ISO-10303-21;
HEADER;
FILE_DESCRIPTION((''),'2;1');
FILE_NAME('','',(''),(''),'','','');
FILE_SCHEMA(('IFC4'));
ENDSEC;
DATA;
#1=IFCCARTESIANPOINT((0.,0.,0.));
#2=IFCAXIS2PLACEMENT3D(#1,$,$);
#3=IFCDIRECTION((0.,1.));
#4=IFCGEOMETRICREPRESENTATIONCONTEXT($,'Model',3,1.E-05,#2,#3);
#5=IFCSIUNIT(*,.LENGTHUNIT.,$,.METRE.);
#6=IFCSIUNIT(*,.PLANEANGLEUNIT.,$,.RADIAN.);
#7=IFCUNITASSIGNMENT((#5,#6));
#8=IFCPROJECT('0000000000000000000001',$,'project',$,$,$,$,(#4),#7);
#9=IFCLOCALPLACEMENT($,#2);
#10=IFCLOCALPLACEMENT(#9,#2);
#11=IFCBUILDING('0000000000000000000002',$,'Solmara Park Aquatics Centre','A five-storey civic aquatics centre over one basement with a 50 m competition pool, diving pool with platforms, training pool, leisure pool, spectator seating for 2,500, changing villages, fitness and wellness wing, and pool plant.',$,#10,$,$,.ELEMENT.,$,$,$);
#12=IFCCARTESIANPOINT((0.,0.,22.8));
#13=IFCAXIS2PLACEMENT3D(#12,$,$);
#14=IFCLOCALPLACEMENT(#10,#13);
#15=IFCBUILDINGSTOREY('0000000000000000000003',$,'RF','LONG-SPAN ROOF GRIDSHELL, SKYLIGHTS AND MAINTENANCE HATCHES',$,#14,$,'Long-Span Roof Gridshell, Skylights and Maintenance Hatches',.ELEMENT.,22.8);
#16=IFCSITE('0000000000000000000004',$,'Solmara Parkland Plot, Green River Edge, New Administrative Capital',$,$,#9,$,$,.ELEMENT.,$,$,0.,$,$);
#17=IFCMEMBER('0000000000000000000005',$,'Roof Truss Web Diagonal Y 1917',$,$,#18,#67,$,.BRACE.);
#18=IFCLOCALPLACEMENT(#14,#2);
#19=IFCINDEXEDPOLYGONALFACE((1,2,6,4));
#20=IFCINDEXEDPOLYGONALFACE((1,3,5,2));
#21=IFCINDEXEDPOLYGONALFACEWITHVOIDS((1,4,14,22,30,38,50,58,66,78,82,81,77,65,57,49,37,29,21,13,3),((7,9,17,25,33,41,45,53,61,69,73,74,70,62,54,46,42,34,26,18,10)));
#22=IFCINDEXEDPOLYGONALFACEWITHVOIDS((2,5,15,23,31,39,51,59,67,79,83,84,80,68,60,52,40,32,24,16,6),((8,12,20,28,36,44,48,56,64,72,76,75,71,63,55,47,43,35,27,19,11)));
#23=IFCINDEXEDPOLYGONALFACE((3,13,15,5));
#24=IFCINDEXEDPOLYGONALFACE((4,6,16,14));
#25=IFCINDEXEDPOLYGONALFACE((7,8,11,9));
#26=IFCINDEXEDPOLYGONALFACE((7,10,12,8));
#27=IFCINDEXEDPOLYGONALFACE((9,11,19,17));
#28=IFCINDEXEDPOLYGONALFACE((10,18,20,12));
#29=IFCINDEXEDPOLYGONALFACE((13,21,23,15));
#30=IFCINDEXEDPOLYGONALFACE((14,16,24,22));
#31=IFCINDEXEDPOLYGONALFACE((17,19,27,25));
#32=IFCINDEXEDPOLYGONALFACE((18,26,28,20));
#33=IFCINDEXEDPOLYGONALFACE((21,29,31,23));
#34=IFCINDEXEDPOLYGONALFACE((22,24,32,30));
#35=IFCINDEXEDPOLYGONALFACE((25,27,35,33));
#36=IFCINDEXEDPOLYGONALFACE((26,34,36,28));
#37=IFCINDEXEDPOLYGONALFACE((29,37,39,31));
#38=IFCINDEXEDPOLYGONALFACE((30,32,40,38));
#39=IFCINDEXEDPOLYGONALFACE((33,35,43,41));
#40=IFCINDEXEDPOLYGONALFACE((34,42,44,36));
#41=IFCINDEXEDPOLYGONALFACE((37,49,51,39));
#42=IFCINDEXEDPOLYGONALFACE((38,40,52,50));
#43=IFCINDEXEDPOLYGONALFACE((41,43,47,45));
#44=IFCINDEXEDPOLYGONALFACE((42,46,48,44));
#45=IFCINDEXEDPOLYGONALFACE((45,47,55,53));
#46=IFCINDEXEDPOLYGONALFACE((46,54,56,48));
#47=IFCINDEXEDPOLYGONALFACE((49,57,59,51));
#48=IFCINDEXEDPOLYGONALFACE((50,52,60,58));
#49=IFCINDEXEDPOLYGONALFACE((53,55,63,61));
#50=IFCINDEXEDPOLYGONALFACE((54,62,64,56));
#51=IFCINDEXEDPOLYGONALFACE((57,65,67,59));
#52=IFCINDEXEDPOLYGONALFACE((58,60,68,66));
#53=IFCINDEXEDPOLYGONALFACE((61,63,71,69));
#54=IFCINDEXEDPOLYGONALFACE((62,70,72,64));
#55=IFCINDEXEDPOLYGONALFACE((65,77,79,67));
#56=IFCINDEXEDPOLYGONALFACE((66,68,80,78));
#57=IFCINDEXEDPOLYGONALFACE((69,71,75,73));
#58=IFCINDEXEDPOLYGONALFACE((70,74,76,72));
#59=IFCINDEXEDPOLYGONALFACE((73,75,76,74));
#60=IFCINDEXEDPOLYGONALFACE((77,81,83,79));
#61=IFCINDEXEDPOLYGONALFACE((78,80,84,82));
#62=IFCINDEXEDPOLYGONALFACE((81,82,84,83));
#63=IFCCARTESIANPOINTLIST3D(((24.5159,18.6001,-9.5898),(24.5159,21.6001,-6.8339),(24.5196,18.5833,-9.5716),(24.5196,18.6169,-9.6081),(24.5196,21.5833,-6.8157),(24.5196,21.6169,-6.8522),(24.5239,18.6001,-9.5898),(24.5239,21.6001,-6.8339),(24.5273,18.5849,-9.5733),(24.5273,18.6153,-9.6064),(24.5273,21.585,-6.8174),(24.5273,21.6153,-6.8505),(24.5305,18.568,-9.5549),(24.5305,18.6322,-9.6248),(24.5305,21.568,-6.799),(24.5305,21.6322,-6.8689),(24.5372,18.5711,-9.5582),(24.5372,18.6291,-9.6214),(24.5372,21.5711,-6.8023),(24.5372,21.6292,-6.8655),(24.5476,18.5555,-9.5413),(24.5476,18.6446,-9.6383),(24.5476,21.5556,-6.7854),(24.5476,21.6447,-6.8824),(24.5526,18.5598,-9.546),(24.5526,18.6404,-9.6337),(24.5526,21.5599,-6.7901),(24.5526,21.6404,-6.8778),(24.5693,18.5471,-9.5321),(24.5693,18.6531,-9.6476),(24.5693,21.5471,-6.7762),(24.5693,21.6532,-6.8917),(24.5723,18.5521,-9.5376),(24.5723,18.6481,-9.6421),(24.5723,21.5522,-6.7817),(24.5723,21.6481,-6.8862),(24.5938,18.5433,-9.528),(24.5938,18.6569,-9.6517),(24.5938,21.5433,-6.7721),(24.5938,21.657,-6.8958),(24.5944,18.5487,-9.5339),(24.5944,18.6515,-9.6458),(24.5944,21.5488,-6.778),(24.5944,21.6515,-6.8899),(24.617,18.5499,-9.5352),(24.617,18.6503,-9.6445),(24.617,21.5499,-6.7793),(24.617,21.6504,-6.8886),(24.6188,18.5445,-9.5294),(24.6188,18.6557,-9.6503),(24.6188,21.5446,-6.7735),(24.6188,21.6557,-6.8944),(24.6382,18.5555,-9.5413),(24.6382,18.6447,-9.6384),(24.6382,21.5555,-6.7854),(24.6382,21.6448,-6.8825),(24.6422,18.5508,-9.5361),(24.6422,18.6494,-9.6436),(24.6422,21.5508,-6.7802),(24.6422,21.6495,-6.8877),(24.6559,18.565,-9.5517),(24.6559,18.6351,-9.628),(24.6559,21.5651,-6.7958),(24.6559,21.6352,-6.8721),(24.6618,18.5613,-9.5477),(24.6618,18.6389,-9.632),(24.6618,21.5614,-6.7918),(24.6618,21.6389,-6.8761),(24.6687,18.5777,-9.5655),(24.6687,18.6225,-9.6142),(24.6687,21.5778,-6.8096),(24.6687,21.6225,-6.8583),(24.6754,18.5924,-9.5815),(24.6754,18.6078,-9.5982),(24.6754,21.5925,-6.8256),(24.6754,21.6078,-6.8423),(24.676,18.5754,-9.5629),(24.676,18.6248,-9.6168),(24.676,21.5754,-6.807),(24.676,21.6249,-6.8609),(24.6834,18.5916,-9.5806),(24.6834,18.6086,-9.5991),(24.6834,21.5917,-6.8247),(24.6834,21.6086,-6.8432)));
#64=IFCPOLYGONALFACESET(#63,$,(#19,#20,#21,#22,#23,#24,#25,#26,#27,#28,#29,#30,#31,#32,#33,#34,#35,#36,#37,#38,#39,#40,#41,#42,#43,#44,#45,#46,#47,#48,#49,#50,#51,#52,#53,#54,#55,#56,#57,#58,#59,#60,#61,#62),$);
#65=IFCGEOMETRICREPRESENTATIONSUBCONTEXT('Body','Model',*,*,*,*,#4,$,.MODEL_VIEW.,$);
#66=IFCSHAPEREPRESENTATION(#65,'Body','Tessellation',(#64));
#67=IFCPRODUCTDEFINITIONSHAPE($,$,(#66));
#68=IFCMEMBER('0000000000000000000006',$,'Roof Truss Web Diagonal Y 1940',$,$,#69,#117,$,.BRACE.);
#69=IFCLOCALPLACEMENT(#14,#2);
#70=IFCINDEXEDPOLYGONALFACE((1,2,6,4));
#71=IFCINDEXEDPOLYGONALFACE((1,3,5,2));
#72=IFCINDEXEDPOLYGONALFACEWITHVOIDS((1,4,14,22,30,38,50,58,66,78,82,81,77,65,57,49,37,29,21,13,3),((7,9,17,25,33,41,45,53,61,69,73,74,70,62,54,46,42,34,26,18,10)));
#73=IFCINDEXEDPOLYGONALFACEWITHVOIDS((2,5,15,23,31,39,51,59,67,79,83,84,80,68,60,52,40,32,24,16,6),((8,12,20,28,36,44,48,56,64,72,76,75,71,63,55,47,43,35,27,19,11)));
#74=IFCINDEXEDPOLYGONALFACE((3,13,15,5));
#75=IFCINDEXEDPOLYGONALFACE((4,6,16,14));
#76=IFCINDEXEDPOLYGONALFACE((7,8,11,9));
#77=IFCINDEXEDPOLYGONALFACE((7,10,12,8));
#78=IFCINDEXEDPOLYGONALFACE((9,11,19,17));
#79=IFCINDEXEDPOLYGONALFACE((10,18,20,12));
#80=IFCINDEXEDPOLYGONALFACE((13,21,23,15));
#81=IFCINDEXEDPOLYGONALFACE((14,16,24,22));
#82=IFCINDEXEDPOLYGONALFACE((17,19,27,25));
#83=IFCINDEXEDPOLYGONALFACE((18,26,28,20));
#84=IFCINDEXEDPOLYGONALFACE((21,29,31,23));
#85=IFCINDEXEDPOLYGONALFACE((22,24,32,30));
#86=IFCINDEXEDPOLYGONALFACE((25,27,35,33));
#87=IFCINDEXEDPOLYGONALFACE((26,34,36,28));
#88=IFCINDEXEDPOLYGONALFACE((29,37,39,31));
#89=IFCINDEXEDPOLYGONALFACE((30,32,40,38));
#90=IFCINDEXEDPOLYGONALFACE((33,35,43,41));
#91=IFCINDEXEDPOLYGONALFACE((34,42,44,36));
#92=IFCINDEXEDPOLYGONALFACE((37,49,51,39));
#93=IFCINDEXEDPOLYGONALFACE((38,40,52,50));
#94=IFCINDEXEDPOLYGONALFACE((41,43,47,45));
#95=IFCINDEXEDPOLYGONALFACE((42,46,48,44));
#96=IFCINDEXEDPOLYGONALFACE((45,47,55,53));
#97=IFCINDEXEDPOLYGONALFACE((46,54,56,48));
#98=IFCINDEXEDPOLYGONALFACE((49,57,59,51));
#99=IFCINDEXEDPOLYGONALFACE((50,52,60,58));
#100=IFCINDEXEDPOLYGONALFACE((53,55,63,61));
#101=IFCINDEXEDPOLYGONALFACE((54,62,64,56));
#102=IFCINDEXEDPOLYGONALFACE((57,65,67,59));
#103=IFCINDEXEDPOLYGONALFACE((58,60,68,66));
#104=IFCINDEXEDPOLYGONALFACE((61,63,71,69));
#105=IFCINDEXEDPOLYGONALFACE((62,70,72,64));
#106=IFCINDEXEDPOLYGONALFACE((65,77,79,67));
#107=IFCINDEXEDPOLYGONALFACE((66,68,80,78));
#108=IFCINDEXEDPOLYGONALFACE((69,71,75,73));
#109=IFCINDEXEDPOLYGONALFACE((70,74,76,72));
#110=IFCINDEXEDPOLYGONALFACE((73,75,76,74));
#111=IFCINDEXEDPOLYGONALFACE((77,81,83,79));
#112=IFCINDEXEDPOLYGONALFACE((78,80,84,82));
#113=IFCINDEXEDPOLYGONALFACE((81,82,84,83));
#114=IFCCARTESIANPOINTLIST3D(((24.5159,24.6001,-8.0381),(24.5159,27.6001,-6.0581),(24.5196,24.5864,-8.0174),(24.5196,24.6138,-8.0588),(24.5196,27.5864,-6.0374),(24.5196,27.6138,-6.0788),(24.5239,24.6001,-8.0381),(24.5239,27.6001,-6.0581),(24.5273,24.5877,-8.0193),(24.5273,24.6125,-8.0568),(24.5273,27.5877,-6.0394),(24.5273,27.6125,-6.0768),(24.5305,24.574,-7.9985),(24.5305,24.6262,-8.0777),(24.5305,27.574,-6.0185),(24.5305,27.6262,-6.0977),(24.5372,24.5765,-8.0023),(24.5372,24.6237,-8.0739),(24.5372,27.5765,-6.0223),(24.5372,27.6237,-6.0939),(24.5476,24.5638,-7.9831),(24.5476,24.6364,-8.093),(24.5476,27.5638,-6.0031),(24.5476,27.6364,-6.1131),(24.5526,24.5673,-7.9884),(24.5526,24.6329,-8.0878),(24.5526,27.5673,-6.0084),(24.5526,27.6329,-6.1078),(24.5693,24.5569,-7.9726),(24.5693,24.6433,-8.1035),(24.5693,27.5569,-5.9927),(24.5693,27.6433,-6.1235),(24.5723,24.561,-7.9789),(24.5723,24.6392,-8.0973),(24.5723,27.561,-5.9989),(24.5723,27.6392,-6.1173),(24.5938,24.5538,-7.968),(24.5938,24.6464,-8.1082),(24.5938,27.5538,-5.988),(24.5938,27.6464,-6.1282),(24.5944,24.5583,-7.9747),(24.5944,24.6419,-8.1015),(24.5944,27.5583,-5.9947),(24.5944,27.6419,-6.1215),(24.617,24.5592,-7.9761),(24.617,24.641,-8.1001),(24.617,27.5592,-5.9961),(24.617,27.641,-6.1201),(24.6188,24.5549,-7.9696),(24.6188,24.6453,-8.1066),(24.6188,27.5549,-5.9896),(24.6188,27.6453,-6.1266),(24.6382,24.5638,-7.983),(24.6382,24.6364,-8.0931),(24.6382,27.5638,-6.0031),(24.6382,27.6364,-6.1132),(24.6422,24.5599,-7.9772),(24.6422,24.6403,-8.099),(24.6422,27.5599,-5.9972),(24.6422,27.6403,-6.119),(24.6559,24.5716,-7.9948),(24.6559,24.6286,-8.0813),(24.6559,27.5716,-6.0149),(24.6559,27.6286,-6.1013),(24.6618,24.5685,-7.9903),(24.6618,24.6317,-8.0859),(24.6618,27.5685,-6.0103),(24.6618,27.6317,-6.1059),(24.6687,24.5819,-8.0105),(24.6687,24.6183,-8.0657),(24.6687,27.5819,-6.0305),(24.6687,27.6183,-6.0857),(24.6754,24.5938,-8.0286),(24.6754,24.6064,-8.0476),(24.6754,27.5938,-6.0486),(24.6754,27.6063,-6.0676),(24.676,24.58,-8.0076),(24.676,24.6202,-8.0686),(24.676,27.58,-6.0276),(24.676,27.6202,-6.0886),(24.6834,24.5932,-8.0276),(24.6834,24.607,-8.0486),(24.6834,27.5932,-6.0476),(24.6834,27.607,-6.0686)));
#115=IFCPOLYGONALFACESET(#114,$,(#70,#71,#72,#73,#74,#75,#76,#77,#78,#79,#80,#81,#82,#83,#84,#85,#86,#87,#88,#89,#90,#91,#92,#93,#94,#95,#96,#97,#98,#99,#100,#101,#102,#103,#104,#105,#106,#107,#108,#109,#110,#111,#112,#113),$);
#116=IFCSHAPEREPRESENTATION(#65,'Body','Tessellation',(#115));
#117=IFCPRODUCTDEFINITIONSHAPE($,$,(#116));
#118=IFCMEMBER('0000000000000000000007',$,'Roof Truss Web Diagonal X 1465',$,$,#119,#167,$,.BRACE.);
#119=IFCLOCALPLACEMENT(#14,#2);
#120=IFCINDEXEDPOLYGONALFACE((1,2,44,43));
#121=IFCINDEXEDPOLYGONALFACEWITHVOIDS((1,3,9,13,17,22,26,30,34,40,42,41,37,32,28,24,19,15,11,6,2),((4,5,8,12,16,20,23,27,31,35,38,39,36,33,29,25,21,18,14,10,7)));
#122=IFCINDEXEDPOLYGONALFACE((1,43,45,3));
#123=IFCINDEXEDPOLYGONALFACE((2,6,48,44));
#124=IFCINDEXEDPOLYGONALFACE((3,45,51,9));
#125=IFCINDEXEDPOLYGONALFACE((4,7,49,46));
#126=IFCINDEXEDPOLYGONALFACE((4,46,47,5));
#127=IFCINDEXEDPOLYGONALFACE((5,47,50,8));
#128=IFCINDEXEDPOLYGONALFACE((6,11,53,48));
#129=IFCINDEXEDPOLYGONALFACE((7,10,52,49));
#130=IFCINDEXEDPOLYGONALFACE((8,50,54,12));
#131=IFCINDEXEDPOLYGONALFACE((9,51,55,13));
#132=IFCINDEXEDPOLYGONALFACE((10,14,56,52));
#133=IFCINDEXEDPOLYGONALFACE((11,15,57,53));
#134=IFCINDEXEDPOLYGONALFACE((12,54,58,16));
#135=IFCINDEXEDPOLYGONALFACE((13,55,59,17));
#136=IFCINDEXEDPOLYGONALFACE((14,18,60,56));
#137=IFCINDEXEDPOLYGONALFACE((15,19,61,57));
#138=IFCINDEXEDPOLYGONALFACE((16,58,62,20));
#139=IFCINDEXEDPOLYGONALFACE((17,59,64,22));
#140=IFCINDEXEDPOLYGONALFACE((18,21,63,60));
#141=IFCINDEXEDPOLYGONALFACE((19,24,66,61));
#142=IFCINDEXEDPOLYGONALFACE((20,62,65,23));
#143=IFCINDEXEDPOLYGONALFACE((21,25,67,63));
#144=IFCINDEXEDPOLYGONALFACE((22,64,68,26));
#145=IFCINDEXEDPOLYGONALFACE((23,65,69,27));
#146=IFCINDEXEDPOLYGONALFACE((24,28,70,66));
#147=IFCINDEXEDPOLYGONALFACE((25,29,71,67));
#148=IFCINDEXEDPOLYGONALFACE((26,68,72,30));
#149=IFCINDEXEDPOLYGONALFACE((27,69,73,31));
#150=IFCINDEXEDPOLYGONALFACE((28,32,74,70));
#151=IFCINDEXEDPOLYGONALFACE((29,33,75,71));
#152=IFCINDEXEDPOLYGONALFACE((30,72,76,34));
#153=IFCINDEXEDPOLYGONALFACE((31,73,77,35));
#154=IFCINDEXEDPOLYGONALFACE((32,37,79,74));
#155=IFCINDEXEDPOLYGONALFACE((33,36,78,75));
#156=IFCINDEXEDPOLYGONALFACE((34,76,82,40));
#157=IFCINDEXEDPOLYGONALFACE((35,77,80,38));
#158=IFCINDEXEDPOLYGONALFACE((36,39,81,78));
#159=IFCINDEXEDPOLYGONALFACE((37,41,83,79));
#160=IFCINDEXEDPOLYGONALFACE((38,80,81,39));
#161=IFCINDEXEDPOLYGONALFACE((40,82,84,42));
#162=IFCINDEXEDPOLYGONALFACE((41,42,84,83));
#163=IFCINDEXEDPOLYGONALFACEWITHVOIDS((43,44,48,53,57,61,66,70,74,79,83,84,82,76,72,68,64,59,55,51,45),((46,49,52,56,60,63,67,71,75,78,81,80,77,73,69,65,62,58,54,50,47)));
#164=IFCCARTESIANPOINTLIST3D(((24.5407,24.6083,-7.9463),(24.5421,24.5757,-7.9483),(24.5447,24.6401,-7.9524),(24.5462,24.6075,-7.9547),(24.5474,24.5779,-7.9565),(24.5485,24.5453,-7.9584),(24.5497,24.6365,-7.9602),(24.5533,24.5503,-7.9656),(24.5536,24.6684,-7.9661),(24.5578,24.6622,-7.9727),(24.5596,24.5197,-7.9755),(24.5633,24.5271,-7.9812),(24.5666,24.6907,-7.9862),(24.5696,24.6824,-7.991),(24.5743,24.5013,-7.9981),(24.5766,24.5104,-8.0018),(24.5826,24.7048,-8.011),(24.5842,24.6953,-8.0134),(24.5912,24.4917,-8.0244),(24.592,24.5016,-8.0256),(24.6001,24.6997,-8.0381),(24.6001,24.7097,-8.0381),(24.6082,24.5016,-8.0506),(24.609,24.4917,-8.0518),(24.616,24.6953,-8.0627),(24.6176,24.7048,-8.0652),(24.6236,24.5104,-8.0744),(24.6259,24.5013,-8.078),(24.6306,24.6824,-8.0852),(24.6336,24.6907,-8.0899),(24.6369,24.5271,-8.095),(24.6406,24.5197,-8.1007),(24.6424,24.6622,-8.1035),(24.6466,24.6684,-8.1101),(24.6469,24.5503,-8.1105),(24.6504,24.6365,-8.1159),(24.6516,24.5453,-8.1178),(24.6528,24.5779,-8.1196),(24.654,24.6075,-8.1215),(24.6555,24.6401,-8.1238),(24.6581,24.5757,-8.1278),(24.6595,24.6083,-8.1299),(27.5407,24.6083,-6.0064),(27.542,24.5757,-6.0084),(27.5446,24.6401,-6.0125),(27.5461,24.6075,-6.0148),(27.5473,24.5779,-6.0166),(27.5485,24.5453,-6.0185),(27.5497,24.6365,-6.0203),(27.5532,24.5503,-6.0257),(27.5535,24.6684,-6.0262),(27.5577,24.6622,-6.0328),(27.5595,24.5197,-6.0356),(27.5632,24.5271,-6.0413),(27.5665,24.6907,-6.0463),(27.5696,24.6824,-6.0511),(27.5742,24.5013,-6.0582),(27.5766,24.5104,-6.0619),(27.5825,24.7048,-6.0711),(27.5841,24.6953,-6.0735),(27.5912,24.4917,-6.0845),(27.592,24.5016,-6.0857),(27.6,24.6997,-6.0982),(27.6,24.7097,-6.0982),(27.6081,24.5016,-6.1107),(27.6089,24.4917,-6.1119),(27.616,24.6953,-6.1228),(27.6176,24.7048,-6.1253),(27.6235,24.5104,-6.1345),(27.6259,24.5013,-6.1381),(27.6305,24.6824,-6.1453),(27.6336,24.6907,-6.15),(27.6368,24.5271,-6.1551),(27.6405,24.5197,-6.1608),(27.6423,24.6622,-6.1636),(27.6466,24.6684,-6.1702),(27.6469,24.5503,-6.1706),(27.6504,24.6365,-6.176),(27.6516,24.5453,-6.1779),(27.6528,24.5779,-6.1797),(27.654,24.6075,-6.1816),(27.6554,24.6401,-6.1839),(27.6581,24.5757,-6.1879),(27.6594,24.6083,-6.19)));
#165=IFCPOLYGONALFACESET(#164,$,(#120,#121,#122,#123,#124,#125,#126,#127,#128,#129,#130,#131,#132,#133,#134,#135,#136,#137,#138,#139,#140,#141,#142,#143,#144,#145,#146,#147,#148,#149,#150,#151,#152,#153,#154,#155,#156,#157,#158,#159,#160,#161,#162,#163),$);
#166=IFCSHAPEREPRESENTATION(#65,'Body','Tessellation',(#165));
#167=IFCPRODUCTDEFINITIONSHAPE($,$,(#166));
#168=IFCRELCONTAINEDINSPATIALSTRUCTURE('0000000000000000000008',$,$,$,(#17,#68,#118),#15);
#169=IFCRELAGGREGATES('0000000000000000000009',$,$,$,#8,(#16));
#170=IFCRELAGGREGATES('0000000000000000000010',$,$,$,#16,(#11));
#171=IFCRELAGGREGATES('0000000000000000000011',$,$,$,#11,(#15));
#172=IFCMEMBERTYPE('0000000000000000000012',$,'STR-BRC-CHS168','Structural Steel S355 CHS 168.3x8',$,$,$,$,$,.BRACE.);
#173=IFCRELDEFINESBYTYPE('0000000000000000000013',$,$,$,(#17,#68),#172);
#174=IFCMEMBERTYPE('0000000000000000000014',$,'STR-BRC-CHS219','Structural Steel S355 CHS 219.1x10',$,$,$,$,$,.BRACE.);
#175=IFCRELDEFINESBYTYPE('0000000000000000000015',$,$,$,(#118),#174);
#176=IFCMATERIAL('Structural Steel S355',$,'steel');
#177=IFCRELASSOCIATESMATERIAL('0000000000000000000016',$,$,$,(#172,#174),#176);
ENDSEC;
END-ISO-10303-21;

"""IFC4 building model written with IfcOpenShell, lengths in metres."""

from ifc_helpers import new_model, si_unit, direction, frame, origin, origin_2d, place, context, subcontext, project, spatial, hollow_circle, extrude, material, material_profile, profile_set, type_object, element, save


model = new_model("IFC4")

# Units and contexts
model_context = context("Model", 3, precision=1e-05, world=origin(), true_north=direction((0.0, 1.0)))
body_context = subcontext(model_context, "Body", "Model", "MODEL_VIEW")
ifc_project = project(units=[si_unit("LENGTHUNIT", "METRE"), si_unit("PLANEANGLEUNIT", "RADIAN")], contexts=[model_context])

# Site, building, storey
site_placement = place(None, origin())
site = spatial("IfcSite", under=ifc_project, at=site_placement, Name="Solmara Parkland Plot, Green River Edge, New Administrative Capital", CompositionType="ELEMENT", RefElevation=0.0)
building_placement = place(site_placement, origin())
building = spatial("IfcBuilding", under=site, at=building_placement, Name="Solmara Park Aquatics Centre", Description="A five-storey civic aquatics centre over one basement with a 50 m competition pool, diving pool with platforms, training pool, leisure pool, spectator seating for 2,500, changing villages, fitness and wellness wing, and pool plant.", CompositionType="ELEMENT")
storey_placement = place(building_placement, frame((0.0, 0.0, 22.8)))
storey = spatial("IfcBuildingStorey", under=building, at=storey_placement, Name="RF", Description="LONG-SPAN ROOF GRIDSHELL, SKYLIGHTS AND MAINTENANCE HATCHES", LongName="Long-Span Roof Gridshell, Skylights and Maintenance Hatches", CompositionType="ELEMENT", Elevation=22.8)

# Members
ifc_material_1 = material(Name="Structural Steel S355", Category="steel")
ifc_material_profile_1 = material_profile(ifc_material_1, hollow_circle(Radius=0.0842, WallThickness=0.0081, at=origin_2d()), Name="CHS 168.3x8")
ifc_profile_set_1 = profile_set([ifc_material_profile_1], Name="Structural Steel S355")
member_type_1 = type_object("IfcMemberType", Name="STR-BRC-CHS168", Description="Structural Steel S355 CHS 168.3x8", PredefinedType="BRACE", material=ifc_profile_set_1)
member_1_placement = place(storey_placement, frame((24.6001, 18.6001, -9.5898), z_axis=(0.0, 0.736437, 0.676506), x_axis=(-1.0, 0.0, 0.0)))
element("IfcMember", 1, at=member_1_placement, inside=storey, type_object=member_type_1, Name="Roof Truss Web Diagonal Y 1917", PredefinedType="BRACE", context=body_context, shape_type="SweptSolid", body=[
    extrude(hollow_circle(Radius=0.0842, WallThickness=0.0081, at=origin_2d()), origin(), (0.0, 0.0, 1.0), 4.0737),
])
member_2_placement = place(storey_placement, frame((24.6001, 24.6001, -8.0381), z_axis=(0.0, 0.834612, 0.550838), x_axis=(-1.0, 0.0, 0.0)))
element("IfcMember", 2, at=member_2_placement, inside=storey, type_object=member_type_1, Name="Roof Truss Web Diagonal Y 1940", PredefinedType="BRACE", context=body_context, shape_type="SweptSolid", body=[
    extrude(hollow_circle(Radius=0.0842, WallThickness=0.0081, at=origin_2d()), origin(), (0.0, 0.0, 1.0), 3.5945),
])
ifc_material_profile_2 = material_profile(ifc_material_1, hollow_circle(Radius=0.1096, WallThickness=0.01, at=origin_2d()), Name="CHS 219.1x10")
ifc_profile_set_2 = profile_set([ifc_material_profile_2], Name="Structural Steel S355")
member_type_2 = type_object("IfcMemberType", Name="STR-BRC-CHS219", Description="Structural Steel S355 CHS 219.1x10", PredefinedType="BRACE", material=ifc_profile_set_2)
member_3_placement = place(storey_placement, frame((24.6001, 24.6001, -8.0381), z_axis=(0.839728, 0.0, 0.543008), x_axis=(0.0, 1.0, 0.0)))
element("IfcMember", 3, at=member_3_placement, inside=storey, type_object=member_type_2, Name="Roof Truss Web Diagonal X 1465", PredefinedType="BRACE", context=body_context, shape_type="SweptSolid", body=[
    extrude(hollow_circle(Radius=0.1096, WallThickness=0.01, at=origin_2d()), origin(), (0.0, 0.0, 1.0), 3.5725),
])

save(model, "model.ifc")
